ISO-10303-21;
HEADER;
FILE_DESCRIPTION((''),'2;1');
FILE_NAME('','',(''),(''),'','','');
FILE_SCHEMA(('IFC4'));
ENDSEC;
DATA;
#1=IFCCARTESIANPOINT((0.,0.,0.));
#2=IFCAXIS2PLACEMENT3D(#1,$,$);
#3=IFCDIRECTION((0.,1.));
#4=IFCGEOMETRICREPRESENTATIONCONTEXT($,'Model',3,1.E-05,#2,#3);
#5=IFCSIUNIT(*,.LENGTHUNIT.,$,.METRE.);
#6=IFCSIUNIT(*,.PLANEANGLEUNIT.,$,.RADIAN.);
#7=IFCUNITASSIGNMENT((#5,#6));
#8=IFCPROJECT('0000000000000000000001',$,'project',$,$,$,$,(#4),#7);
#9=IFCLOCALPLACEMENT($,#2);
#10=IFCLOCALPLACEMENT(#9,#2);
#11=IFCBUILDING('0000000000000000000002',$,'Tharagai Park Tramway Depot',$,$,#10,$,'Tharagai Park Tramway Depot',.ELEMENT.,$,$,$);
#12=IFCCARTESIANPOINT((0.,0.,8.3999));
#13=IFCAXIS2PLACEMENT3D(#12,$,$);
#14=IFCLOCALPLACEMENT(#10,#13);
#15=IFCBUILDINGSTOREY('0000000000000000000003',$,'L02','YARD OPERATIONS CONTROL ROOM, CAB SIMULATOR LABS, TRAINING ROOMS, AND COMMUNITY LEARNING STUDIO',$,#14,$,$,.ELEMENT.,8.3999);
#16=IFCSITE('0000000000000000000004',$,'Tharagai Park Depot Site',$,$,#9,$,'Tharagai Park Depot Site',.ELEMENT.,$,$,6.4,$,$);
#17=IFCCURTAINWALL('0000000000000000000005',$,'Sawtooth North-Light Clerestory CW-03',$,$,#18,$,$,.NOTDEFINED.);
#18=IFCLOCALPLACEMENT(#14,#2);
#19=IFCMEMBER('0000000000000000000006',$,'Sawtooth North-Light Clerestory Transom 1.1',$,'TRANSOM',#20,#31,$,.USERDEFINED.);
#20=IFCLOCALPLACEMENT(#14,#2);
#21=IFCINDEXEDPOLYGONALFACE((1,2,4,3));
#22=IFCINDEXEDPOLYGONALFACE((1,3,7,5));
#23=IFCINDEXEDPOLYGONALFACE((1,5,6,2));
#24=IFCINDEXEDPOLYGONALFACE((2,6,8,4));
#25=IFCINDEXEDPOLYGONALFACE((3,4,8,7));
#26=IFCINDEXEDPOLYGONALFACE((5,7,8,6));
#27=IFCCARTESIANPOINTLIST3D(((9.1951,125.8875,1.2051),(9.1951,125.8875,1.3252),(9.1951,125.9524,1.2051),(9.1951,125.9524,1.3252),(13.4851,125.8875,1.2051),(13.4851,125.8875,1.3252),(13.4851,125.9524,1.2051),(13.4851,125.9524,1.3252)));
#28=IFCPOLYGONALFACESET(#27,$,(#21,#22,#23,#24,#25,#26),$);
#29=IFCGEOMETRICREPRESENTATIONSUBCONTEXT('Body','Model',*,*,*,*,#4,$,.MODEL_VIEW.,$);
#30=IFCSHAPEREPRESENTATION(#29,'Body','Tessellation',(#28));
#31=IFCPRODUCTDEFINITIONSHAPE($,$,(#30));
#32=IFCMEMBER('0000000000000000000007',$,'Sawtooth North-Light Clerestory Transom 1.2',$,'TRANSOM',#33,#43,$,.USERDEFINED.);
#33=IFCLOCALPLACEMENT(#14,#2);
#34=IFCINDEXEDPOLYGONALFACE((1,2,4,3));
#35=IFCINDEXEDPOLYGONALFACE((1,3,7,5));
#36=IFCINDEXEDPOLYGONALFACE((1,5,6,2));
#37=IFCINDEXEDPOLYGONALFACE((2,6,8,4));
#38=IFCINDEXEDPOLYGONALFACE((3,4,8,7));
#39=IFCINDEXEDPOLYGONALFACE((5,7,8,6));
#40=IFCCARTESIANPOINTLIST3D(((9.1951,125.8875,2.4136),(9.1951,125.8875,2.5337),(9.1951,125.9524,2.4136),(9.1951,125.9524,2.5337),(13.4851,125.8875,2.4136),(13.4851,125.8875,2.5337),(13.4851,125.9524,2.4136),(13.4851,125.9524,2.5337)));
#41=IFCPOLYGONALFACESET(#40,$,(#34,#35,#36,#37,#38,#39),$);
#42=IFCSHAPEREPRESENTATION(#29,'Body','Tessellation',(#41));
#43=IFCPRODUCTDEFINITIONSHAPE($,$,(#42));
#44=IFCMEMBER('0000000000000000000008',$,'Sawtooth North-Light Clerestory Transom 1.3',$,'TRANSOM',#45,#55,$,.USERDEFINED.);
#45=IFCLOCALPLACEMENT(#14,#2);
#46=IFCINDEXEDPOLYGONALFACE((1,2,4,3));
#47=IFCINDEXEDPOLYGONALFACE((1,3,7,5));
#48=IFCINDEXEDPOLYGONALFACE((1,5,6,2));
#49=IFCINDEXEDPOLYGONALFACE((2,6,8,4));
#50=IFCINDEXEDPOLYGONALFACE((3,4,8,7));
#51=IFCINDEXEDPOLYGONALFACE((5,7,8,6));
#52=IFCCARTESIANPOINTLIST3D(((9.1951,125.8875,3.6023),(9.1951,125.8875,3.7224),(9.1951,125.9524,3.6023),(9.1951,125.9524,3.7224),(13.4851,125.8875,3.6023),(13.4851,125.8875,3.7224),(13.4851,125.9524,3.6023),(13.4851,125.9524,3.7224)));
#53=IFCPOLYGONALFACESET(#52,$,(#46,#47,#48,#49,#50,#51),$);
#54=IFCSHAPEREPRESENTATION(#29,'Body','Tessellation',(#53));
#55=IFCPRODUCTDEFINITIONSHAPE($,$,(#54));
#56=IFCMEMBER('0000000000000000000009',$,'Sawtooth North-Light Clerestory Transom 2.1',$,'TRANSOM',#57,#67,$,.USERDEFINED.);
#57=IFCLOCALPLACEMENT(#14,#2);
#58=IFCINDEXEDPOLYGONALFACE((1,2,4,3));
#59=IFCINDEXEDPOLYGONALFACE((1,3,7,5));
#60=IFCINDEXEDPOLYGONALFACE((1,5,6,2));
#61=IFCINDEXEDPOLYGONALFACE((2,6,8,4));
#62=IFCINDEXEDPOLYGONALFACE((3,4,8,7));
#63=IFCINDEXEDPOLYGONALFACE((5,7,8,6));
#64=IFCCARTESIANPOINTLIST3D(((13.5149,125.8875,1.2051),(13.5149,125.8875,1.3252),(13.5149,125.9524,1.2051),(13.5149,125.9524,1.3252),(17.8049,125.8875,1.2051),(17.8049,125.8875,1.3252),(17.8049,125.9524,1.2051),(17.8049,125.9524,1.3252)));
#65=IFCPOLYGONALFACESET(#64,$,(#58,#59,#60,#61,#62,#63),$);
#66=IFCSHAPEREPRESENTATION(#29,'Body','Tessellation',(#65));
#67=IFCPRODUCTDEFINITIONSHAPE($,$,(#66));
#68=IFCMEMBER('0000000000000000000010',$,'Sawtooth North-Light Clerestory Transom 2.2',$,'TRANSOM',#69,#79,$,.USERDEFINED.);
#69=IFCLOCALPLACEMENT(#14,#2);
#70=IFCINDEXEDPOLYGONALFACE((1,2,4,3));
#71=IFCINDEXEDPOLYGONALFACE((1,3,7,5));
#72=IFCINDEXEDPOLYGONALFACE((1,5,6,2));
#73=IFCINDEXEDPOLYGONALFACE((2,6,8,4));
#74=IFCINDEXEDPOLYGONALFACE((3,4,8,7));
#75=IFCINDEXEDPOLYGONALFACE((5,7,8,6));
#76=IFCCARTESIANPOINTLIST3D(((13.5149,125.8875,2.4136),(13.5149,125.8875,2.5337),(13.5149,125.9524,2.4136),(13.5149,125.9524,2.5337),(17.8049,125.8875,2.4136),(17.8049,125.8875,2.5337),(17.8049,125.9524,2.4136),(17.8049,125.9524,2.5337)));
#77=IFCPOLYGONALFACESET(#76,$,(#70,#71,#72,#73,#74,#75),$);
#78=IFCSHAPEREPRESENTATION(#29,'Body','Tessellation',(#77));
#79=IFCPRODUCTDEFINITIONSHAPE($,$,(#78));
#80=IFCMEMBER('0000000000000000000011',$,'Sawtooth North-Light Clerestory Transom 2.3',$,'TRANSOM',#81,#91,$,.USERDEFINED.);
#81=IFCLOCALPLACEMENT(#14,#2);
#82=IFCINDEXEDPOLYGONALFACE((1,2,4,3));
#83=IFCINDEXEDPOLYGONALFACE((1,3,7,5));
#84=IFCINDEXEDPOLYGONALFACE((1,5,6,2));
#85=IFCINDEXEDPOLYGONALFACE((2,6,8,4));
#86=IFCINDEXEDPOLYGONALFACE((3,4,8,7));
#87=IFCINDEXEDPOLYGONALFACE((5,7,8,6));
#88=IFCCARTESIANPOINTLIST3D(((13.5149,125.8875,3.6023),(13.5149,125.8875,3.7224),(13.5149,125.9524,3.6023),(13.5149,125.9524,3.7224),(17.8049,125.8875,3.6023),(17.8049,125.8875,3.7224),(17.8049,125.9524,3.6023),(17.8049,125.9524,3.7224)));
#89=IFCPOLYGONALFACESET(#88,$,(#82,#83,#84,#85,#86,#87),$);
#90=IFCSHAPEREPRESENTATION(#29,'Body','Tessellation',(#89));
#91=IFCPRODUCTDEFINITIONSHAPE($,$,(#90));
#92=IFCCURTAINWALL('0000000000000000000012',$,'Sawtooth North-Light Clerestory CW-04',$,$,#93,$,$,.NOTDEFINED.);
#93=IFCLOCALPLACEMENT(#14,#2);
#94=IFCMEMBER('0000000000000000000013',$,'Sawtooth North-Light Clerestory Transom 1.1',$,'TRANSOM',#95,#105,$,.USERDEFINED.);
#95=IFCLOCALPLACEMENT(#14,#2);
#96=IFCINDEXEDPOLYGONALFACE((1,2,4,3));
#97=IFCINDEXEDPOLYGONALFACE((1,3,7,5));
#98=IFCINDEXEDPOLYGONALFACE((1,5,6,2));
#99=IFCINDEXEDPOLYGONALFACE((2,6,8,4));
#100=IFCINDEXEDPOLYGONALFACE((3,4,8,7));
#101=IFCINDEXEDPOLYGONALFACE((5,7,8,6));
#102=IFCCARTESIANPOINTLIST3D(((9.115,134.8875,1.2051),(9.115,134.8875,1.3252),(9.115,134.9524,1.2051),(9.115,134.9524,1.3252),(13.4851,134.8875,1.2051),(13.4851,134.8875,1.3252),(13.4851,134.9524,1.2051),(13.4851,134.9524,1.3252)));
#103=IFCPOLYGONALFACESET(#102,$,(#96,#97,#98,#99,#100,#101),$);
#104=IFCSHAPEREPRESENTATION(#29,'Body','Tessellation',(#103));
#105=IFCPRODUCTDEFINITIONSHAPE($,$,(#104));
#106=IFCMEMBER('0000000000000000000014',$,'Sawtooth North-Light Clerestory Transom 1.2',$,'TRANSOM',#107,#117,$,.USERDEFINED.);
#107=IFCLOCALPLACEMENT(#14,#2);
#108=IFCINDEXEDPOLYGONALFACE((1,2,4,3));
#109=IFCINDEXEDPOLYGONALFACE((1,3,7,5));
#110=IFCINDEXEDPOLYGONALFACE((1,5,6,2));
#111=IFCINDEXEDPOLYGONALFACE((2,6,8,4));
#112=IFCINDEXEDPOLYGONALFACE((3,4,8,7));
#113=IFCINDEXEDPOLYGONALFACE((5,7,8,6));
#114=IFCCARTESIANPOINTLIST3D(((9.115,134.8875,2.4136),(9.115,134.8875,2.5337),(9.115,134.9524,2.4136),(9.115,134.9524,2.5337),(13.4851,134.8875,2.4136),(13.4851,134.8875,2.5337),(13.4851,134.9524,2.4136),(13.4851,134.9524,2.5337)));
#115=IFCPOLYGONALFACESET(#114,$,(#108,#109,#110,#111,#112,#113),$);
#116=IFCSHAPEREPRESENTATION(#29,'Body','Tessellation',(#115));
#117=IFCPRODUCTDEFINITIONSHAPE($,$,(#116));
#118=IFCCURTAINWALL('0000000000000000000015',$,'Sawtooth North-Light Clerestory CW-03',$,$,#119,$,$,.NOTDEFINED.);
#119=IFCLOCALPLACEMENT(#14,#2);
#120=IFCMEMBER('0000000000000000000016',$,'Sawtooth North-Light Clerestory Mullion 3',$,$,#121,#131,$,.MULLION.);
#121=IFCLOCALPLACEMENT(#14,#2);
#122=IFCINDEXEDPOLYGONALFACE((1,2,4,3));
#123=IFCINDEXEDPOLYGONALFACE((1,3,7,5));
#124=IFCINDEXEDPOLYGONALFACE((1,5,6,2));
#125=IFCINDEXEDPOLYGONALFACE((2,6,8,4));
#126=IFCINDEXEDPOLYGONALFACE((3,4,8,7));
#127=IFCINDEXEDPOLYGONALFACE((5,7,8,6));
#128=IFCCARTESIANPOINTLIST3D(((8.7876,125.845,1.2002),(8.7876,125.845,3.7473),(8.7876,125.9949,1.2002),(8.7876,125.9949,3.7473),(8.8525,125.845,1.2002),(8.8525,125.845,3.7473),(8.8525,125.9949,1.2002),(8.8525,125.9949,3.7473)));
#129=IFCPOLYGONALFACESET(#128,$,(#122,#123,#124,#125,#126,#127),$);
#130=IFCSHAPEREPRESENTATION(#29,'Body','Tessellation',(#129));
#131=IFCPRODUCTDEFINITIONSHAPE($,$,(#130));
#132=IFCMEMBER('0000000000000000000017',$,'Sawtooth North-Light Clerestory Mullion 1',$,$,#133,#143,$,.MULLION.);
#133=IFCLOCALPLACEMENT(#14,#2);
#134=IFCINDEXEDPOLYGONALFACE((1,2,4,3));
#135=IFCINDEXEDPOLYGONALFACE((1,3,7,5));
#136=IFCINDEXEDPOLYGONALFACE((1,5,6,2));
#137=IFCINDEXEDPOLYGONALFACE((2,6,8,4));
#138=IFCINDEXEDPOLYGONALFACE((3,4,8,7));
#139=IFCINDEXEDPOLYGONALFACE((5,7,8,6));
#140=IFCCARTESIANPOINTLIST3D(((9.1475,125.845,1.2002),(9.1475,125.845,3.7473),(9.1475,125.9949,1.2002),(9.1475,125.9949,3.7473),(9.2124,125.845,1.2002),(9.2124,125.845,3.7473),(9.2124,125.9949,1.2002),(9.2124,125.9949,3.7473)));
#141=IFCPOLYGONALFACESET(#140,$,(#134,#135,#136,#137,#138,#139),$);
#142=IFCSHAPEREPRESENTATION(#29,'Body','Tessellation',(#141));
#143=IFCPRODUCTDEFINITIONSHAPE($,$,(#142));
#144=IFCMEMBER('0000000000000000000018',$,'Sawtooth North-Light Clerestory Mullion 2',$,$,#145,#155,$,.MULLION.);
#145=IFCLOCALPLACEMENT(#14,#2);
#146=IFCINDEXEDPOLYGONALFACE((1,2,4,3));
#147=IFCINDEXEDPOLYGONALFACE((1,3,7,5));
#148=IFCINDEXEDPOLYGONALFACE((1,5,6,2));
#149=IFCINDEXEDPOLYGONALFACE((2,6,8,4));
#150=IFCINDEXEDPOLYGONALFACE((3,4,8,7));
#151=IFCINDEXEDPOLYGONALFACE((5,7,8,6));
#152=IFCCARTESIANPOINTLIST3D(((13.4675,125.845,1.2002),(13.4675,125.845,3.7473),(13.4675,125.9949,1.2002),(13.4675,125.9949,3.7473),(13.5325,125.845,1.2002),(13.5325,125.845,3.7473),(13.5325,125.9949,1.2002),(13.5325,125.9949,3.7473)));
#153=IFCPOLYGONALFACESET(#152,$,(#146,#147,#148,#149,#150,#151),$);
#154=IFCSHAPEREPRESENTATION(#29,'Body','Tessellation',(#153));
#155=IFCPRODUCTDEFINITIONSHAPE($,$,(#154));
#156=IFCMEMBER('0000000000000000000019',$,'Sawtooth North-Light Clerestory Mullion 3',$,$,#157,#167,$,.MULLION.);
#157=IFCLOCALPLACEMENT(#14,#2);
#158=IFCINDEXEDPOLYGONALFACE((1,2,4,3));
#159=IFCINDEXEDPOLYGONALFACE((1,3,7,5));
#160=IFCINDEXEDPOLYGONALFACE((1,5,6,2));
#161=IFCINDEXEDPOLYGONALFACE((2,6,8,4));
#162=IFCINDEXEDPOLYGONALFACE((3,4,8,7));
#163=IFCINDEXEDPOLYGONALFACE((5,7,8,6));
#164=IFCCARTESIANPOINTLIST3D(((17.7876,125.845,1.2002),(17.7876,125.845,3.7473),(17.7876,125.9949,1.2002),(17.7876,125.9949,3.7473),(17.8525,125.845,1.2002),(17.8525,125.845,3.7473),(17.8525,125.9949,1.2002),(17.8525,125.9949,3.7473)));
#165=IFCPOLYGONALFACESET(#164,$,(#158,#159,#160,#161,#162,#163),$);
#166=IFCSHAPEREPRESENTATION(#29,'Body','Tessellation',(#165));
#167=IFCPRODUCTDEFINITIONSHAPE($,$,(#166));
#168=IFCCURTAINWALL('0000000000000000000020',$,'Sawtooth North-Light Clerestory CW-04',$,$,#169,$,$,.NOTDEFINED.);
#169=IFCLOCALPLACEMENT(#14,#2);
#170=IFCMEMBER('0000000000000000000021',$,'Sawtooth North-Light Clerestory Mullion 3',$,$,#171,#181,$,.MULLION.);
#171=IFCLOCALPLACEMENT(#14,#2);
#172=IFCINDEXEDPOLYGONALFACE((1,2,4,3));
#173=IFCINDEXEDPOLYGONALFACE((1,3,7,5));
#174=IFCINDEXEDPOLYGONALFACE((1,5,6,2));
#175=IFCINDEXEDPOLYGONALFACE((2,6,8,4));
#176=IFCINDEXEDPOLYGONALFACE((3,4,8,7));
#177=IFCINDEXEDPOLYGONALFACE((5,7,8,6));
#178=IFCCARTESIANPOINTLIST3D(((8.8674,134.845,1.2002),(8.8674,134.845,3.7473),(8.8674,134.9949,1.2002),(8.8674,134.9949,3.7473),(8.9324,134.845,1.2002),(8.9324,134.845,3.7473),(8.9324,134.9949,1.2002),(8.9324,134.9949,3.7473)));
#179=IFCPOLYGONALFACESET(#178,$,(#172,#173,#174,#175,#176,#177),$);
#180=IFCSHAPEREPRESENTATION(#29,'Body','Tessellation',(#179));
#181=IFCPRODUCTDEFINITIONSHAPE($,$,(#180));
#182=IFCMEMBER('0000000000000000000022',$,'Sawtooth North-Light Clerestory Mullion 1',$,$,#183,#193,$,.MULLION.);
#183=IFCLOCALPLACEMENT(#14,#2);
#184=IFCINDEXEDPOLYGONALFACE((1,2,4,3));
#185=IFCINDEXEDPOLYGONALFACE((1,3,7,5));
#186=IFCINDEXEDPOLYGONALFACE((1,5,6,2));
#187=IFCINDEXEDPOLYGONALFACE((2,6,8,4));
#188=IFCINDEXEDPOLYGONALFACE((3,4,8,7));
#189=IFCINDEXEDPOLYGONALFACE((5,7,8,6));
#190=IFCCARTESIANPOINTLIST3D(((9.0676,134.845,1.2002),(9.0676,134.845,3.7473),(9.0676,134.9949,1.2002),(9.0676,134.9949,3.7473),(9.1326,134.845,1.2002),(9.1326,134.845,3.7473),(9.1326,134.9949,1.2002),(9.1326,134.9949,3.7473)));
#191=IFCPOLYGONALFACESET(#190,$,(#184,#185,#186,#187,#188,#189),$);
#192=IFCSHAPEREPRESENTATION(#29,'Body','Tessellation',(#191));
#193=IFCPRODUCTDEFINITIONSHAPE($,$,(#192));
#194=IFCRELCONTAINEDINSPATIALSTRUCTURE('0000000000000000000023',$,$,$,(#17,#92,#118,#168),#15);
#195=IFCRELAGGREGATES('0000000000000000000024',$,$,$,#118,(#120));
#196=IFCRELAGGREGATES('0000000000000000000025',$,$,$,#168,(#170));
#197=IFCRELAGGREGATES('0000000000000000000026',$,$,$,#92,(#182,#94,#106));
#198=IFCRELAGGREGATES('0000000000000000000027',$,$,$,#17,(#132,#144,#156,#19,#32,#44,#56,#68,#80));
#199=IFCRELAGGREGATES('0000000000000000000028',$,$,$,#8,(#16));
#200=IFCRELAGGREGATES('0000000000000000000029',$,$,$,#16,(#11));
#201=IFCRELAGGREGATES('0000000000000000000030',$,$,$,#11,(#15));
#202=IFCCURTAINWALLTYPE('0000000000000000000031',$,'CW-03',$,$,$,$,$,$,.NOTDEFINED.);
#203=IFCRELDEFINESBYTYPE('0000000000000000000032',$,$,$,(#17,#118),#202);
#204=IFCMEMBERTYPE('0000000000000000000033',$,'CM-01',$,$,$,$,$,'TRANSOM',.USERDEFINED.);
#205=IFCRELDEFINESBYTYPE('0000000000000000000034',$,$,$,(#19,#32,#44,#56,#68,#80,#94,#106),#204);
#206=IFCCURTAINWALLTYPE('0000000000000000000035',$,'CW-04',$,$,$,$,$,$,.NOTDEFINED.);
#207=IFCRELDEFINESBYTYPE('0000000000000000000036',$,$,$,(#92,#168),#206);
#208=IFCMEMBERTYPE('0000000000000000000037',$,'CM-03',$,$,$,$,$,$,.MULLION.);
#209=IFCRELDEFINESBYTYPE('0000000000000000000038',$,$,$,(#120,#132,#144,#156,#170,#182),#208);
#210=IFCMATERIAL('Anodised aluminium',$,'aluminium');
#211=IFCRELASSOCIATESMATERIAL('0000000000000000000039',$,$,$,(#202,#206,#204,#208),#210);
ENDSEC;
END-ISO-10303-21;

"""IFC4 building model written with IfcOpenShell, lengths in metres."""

from ifc_helpers import new_model, si_unit, direction, frame, origin, origin_2d, place, context, subcontext, project, spatial, rectangle, extrude, material, material_profile, profile_set, type_object, element, aggregate, save


model = new_model("IFC4")

# Units and contexts
model_context = context("Model", 3, precision=1e-05, world=origin(), true_north=direction((0.0, 1.0)))
body_context = subcontext(model_context, "Body", "Model", "MODEL_VIEW")
ifc_project = project(units=[si_unit("LENGTHUNIT", "METRE"), si_unit("PLANEANGLEUNIT", "RADIAN")], contexts=[model_context])

# Site, building, storey
site_placement = place(None, origin())
site = spatial("IfcSite", under=ifc_project, at=site_placement, Name="Tharagai Park Depot Site", LongName="Tharagai Park Depot Site", CompositionType="ELEMENT", RefElevation=6.4)
building_placement = place(site_placement, origin())
building = spatial("IfcBuilding", under=site, at=building_placement, Name="Tharagai Park Tramway Depot", LongName="Tharagai Park Tramway Depot", CompositionType="ELEMENT")
storey_placement = place(building_placement, frame((0.0, 0.0, 8.3999)))
storey = spatial("IfcBuildingStorey", under=building, at=storey_placement, Name="L02", Description="YARD OPERATIONS CONTROL ROOM, CAB SIMULATOR LABS, TRAINING ROOMS, AND COMMUNITY LEARNING STUDIO", CompositionType="ELEMENT", Elevation=8.3999)

# Curtain walls, members
ifc_material_1 = material(Name="Anodised aluminium", Category="aluminium")
curtain_wall_type_1 = type_object("IfcCurtainWallType", Name="CW-03", PredefinedType="NOTDEFINED", material=ifc_material_1)
curtain_wall_1_placement = place(storey_placement, origin())
curtain_wall_1 = element("IfcCurtainWall", 1, at=curtain_wall_1_placement, inside=storey, type_object=curtain_wall_type_1, Name="Sawtooth North-Light Clerestory CW-03", PredefinedType="NOTDEFINED")
ifc_material_profile_1 = material_profile(ifc_material_1, rectangle(XDim=0.0649, YDim=0.1201, at=origin_2d()), Name="ALU 65x120")
ifc_profile_set_1 = profile_set([ifc_material_profile_1], Name="Anodised aluminium")
member_type_1 = type_object("IfcMemberType", Name="CM-01", ElementType="TRANSOM", PredefinedType="USERDEFINED", material=ifc_profile_set_1)
member_1_placement = place(storey_placement, frame((9.1951, 125.9199, 1.2651), z_axis=(1.0, 0.0, 0.0), x_axis=(0.0, 1.0, 0.0)))
member_1 = element("IfcMember", 2, at=member_1_placement, type_object=member_type_1, Name="Sawtooth North-Light Clerestory Transom 1.1", ObjectType="TRANSOM", PredefinedType="USERDEFINED", context=body_context, shape_type="SweptSolid", body=[
    extrude(rectangle(XDim=0.0649, YDim=0.1201, at=origin_2d()), origin(), (0.0, 0.0, 1.0), 4.29),
])
member_2_placement = place(storey_placement, frame((9.1951, 125.9199, 2.4736), z_axis=(1.0, 0.0, 0.0), x_axis=(0.0, 1.0, 0.0)))
member_2 = element("IfcMember", 3, at=member_2_placement, type_object=member_type_1, Name="Sawtooth North-Light Clerestory Transom 1.2", ObjectType="TRANSOM", PredefinedType="USERDEFINED", context=body_context, shape_type="SweptSolid", body=[
    extrude(rectangle(XDim=0.0649, YDim=0.1201, at=origin_2d()), origin(), (0.0, 0.0, 1.0), 4.29),
])
member_3_placement = place(storey_placement, frame((9.1951, 125.9199, 3.6624), z_axis=(1.0, 0.0, 0.0), x_axis=(0.0, 1.0, 0.0)))
member_3 = element("IfcMember", 4, at=member_3_placement, type_object=member_type_1, Name="Sawtooth North-Light Clerestory Transom 1.3", ObjectType="TRANSOM", PredefinedType="USERDEFINED", context=body_context, shape_type="SweptSolid", body=[
    extrude(rectangle(XDim=0.0649, YDim=0.1201, at=origin_2d()), origin(), (0.0, 0.0, 1.0), 4.29),
])
member_4_placement = place(storey_placement, frame((13.5149, 125.9199, 1.2651), z_axis=(1.0, 0.0, 0.0), x_axis=(0.0, 1.0, 0.0)))
member_4 = element("IfcMember", 5, at=member_4_placement, type_object=member_type_1, Name="Sawtooth North-Light Clerestory Transom 2.1", ObjectType="TRANSOM", PredefinedType="USERDEFINED", context=body_context, shape_type="SweptSolid", body=[
    extrude(rectangle(XDim=0.0649, YDim=0.1201, at=origin_2d()), origin(), (0.0, 0.0, 1.0), 4.29),
])
member_5_placement = place(storey_placement, frame((13.5149, 125.9199, 2.4736), z_axis=(1.0, 0.0, 0.0), x_axis=(0.0, 1.0, 0.0)))
member_5 = element("IfcMember", 6, at=member_5_placement, type_object=member_type_1, Name="Sawtooth North-Light Clerestory Transom 2.2", ObjectType="TRANSOM", PredefinedType="USERDEFINED", context=body_context, shape_type="SweptSolid", body=[
    extrude(rectangle(XDim=0.0649, YDim=0.1201, at=origin_2d()), origin(), (0.0, 0.0, 1.0), 4.29),
])
member_6_placement = place(storey_placement, frame((13.5149, 125.9199, 3.6624), z_axis=(1.0, 0.0, 0.0), x_axis=(0.0, 1.0, 0.0)))
member_6 = element("IfcMember", 7, at=member_6_placement, type_object=member_type_1, Name="Sawtooth North-Light Clerestory Transom 2.3", ObjectType="TRANSOM", PredefinedType="USERDEFINED", context=body_context, shape_type="SweptSolid", body=[
    extrude(rectangle(XDim=0.0649, YDim=0.1201, at=origin_2d()), origin(), (0.0, 0.0, 1.0), 4.29),
])
curtain_wall_type_2 = type_object("IfcCurtainWallType", Name="CW-04", PredefinedType="NOTDEFINED", material=ifc_material_1)
curtain_wall_2_placement = place(storey_placement, origin())
curtain_wall_2 = element("IfcCurtainWall", 8, at=curtain_wall_2_placement, inside=storey, type_object=curtain_wall_type_2, Name="Sawtooth North-Light Clerestory CW-04", PredefinedType="NOTDEFINED")
member_7_placement = place(storey_placement, frame((9.115, 134.9199, 1.2651), z_axis=(1.0, 0.0, 0.0), x_axis=(0.0, 1.0, 0.0)))
member_7 = element("IfcMember", 9, at=member_7_placement, type_object=member_type_1, Name="Sawtooth North-Light Clerestory Transom 1.1", ObjectType="TRANSOM", PredefinedType="USERDEFINED", context=body_context, shape_type="SweptSolid", body=[
    extrude(rectangle(XDim=0.0649, YDim=0.1201, at=origin_2d()), origin(), (0.0, 0.0, 1.0), 4.3701),
])
member_8_placement = place(storey_placement, frame((9.115, 134.9199, 2.4736), z_axis=(1.0, 0.0, 0.0), x_axis=(0.0, 1.0, 0.0)))
member_8 = element("IfcMember", 10, at=member_8_placement, type_object=member_type_1, Name="Sawtooth North-Light Clerestory Transom 1.2", ObjectType="TRANSOM", PredefinedType="USERDEFINED", context=body_context, shape_type="SweptSolid", body=[
    extrude(rectangle(XDim=0.0649, YDim=0.1201, at=origin_2d()), origin(), (0.0, 0.0, 1.0), 4.3701),
])

# Curtain wall, member
curtain_wall_3_placement = place(storey_placement, origin())
curtain_wall_3 = element("IfcCurtainWall", 11, at=curtain_wall_3_placement, inside=storey, type_object=curtain_wall_type_1, Name="Sawtooth North-Light Clerestory CW-03", PredefinedType="NOTDEFINED")
ifc_material_profile_2 = material_profile(ifc_material_1, rectangle(XDim=0.0649, YDim=0.1499, at=origin_2d()), Name="ALU 65x150")
ifc_profile_set_2 = profile_set([ifc_material_profile_2], Name="Anodised aluminium")
member_type_2 = type_object("IfcMemberType", Name="CM-03", PredefinedType="MULLION", material=ifc_profile_set_2)
member_9_placement = place(storey_placement, frame((8.8201, 125.9199, 1.2002), z_axis=(0.0, 0.0, 1.0), x_axis=(1.0, 0.0, 0.0)))
member_9 = element("IfcMember", 12, at=member_9_placement, type_object=member_type_2, Name="Sawtooth North-Light Clerestory Mullion 3", PredefinedType="MULLION", context=body_context, shape_type="SweptSolid", body=[
    extrude(rectangle(XDim=0.0649, YDim=0.1499, at=origin_2d()), origin(), (0.0, 0.0, 1.0), 2.5471),
])
aggregate(curtain_wall_3, [member_9])

# Members
member_10_placement = place(storey_placement, frame((9.1799, 125.9199, 1.2002), z_axis=(0.0, 0.0, 1.0), x_axis=(1.0, 0.0, 0.0)))
member_10 = element("IfcMember", 13, at=member_10_placement, type_object=member_type_2, Name="Sawtooth North-Light Clerestory Mullion 1", PredefinedType="MULLION", context=body_context, shape_type="SweptSolid", body=[
    extrude(rectangle(XDim=0.0649, YDim=0.1499, at=origin_2d()), origin(), (0.0, 0.0, 1.0), 2.5471),
])
member_11_placement = place(storey_placement, frame((13.5, 125.9199, 1.2002), z_axis=(0.0, 0.0, 1.0), x_axis=(1.0, 0.0, 0.0)))
member_11 = element("IfcMember", 14, at=member_11_placement, type_object=member_type_2, Name="Sawtooth North-Light Clerestory Mullion 2", PredefinedType="MULLION", context=body_context, shape_type="SweptSolid", body=[
    extrude(rectangle(XDim=0.0649, YDim=0.1499, at=origin_2d()), origin(), (0.0, 0.0, 1.0), 2.5471),
])
member_12_placement = place(storey_placement, frame((17.8201, 125.9199, 1.2002), z_axis=(0.0, 0.0, 1.0), x_axis=(1.0, 0.0, 0.0)))
member_12 = element("IfcMember", 15, at=member_12_placement, type_object=member_type_2, Name="Sawtooth North-Light Clerestory Mullion 3", PredefinedType="MULLION", context=body_context, shape_type="SweptSolid", body=[
    extrude(rectangle(XDim=0.0649, YDim=0.1499, at=origin_2d()), origin(), (0.0, 0.0, 1.0), 2.5471),
])

# Curtain wall, member
curtain_wall_4_placement = place(storey_placement, origin())
curtain_wall_4 = element("IfcCurtainWall", 16, at=curtain_wall_4_placement, inside=storey, type_object=curtain_wall_type_2, Name="Sawtooth North-Light Clerestory CW-04", PredefinedType="NOTDEFINED")
member_13_placement = place(storey_placement, frame((8.8999, 134.9199, 1.2002), z_axis=(0.0, 0.0, 1.0), x_axis=(1.0, 0.0, 0.0)))
member_13 = element("IfcMember", 17, at=member_13_placement, type_object=member_type_2, Name="Sawtooth North-Light Clerestory Mullion 3", PredefinedType="MULLION", context=body_context, shape_type="SweptSolid", body=[
    extrude(rectangle(XDim=0.0649, YDim=0.1499, at=origin_2d()), origin(), (0.0, 0.0, 1.0), 2.5471),
])
aggregate(curtain_wall_4, [member_13])

# Member
member_14_placement = place(storey_placement, frame((9.1001, 134.9199, 1.2002), z_axis=(0.0, 0.0, 1.0), x_axis=(1.0, 0.0, 0.0)))
member_14 = element("IfcMember", 18, at=member_14_placement, type_object=member_type_2, Name="Sawtooth North-Light Clerestory Mullion 1", PredefinedType="MULLION", context=body_context, shape_type="SweptSolid", body=[
    extrude(rectangle(XDim=0.0649, YDim=0.1499, at=origin_2d()), origin(), (0.0, 0.0, 1.0), 2.5471),
])
aggregate(curtain_wall_2, [member_14, member_7, member_8])

aggregate(curtain_wall_1, [member_10, member_11, member_12, member_1, member_2, member_3, member_4, member_5, member_6])

save(model, "model.ifc")
